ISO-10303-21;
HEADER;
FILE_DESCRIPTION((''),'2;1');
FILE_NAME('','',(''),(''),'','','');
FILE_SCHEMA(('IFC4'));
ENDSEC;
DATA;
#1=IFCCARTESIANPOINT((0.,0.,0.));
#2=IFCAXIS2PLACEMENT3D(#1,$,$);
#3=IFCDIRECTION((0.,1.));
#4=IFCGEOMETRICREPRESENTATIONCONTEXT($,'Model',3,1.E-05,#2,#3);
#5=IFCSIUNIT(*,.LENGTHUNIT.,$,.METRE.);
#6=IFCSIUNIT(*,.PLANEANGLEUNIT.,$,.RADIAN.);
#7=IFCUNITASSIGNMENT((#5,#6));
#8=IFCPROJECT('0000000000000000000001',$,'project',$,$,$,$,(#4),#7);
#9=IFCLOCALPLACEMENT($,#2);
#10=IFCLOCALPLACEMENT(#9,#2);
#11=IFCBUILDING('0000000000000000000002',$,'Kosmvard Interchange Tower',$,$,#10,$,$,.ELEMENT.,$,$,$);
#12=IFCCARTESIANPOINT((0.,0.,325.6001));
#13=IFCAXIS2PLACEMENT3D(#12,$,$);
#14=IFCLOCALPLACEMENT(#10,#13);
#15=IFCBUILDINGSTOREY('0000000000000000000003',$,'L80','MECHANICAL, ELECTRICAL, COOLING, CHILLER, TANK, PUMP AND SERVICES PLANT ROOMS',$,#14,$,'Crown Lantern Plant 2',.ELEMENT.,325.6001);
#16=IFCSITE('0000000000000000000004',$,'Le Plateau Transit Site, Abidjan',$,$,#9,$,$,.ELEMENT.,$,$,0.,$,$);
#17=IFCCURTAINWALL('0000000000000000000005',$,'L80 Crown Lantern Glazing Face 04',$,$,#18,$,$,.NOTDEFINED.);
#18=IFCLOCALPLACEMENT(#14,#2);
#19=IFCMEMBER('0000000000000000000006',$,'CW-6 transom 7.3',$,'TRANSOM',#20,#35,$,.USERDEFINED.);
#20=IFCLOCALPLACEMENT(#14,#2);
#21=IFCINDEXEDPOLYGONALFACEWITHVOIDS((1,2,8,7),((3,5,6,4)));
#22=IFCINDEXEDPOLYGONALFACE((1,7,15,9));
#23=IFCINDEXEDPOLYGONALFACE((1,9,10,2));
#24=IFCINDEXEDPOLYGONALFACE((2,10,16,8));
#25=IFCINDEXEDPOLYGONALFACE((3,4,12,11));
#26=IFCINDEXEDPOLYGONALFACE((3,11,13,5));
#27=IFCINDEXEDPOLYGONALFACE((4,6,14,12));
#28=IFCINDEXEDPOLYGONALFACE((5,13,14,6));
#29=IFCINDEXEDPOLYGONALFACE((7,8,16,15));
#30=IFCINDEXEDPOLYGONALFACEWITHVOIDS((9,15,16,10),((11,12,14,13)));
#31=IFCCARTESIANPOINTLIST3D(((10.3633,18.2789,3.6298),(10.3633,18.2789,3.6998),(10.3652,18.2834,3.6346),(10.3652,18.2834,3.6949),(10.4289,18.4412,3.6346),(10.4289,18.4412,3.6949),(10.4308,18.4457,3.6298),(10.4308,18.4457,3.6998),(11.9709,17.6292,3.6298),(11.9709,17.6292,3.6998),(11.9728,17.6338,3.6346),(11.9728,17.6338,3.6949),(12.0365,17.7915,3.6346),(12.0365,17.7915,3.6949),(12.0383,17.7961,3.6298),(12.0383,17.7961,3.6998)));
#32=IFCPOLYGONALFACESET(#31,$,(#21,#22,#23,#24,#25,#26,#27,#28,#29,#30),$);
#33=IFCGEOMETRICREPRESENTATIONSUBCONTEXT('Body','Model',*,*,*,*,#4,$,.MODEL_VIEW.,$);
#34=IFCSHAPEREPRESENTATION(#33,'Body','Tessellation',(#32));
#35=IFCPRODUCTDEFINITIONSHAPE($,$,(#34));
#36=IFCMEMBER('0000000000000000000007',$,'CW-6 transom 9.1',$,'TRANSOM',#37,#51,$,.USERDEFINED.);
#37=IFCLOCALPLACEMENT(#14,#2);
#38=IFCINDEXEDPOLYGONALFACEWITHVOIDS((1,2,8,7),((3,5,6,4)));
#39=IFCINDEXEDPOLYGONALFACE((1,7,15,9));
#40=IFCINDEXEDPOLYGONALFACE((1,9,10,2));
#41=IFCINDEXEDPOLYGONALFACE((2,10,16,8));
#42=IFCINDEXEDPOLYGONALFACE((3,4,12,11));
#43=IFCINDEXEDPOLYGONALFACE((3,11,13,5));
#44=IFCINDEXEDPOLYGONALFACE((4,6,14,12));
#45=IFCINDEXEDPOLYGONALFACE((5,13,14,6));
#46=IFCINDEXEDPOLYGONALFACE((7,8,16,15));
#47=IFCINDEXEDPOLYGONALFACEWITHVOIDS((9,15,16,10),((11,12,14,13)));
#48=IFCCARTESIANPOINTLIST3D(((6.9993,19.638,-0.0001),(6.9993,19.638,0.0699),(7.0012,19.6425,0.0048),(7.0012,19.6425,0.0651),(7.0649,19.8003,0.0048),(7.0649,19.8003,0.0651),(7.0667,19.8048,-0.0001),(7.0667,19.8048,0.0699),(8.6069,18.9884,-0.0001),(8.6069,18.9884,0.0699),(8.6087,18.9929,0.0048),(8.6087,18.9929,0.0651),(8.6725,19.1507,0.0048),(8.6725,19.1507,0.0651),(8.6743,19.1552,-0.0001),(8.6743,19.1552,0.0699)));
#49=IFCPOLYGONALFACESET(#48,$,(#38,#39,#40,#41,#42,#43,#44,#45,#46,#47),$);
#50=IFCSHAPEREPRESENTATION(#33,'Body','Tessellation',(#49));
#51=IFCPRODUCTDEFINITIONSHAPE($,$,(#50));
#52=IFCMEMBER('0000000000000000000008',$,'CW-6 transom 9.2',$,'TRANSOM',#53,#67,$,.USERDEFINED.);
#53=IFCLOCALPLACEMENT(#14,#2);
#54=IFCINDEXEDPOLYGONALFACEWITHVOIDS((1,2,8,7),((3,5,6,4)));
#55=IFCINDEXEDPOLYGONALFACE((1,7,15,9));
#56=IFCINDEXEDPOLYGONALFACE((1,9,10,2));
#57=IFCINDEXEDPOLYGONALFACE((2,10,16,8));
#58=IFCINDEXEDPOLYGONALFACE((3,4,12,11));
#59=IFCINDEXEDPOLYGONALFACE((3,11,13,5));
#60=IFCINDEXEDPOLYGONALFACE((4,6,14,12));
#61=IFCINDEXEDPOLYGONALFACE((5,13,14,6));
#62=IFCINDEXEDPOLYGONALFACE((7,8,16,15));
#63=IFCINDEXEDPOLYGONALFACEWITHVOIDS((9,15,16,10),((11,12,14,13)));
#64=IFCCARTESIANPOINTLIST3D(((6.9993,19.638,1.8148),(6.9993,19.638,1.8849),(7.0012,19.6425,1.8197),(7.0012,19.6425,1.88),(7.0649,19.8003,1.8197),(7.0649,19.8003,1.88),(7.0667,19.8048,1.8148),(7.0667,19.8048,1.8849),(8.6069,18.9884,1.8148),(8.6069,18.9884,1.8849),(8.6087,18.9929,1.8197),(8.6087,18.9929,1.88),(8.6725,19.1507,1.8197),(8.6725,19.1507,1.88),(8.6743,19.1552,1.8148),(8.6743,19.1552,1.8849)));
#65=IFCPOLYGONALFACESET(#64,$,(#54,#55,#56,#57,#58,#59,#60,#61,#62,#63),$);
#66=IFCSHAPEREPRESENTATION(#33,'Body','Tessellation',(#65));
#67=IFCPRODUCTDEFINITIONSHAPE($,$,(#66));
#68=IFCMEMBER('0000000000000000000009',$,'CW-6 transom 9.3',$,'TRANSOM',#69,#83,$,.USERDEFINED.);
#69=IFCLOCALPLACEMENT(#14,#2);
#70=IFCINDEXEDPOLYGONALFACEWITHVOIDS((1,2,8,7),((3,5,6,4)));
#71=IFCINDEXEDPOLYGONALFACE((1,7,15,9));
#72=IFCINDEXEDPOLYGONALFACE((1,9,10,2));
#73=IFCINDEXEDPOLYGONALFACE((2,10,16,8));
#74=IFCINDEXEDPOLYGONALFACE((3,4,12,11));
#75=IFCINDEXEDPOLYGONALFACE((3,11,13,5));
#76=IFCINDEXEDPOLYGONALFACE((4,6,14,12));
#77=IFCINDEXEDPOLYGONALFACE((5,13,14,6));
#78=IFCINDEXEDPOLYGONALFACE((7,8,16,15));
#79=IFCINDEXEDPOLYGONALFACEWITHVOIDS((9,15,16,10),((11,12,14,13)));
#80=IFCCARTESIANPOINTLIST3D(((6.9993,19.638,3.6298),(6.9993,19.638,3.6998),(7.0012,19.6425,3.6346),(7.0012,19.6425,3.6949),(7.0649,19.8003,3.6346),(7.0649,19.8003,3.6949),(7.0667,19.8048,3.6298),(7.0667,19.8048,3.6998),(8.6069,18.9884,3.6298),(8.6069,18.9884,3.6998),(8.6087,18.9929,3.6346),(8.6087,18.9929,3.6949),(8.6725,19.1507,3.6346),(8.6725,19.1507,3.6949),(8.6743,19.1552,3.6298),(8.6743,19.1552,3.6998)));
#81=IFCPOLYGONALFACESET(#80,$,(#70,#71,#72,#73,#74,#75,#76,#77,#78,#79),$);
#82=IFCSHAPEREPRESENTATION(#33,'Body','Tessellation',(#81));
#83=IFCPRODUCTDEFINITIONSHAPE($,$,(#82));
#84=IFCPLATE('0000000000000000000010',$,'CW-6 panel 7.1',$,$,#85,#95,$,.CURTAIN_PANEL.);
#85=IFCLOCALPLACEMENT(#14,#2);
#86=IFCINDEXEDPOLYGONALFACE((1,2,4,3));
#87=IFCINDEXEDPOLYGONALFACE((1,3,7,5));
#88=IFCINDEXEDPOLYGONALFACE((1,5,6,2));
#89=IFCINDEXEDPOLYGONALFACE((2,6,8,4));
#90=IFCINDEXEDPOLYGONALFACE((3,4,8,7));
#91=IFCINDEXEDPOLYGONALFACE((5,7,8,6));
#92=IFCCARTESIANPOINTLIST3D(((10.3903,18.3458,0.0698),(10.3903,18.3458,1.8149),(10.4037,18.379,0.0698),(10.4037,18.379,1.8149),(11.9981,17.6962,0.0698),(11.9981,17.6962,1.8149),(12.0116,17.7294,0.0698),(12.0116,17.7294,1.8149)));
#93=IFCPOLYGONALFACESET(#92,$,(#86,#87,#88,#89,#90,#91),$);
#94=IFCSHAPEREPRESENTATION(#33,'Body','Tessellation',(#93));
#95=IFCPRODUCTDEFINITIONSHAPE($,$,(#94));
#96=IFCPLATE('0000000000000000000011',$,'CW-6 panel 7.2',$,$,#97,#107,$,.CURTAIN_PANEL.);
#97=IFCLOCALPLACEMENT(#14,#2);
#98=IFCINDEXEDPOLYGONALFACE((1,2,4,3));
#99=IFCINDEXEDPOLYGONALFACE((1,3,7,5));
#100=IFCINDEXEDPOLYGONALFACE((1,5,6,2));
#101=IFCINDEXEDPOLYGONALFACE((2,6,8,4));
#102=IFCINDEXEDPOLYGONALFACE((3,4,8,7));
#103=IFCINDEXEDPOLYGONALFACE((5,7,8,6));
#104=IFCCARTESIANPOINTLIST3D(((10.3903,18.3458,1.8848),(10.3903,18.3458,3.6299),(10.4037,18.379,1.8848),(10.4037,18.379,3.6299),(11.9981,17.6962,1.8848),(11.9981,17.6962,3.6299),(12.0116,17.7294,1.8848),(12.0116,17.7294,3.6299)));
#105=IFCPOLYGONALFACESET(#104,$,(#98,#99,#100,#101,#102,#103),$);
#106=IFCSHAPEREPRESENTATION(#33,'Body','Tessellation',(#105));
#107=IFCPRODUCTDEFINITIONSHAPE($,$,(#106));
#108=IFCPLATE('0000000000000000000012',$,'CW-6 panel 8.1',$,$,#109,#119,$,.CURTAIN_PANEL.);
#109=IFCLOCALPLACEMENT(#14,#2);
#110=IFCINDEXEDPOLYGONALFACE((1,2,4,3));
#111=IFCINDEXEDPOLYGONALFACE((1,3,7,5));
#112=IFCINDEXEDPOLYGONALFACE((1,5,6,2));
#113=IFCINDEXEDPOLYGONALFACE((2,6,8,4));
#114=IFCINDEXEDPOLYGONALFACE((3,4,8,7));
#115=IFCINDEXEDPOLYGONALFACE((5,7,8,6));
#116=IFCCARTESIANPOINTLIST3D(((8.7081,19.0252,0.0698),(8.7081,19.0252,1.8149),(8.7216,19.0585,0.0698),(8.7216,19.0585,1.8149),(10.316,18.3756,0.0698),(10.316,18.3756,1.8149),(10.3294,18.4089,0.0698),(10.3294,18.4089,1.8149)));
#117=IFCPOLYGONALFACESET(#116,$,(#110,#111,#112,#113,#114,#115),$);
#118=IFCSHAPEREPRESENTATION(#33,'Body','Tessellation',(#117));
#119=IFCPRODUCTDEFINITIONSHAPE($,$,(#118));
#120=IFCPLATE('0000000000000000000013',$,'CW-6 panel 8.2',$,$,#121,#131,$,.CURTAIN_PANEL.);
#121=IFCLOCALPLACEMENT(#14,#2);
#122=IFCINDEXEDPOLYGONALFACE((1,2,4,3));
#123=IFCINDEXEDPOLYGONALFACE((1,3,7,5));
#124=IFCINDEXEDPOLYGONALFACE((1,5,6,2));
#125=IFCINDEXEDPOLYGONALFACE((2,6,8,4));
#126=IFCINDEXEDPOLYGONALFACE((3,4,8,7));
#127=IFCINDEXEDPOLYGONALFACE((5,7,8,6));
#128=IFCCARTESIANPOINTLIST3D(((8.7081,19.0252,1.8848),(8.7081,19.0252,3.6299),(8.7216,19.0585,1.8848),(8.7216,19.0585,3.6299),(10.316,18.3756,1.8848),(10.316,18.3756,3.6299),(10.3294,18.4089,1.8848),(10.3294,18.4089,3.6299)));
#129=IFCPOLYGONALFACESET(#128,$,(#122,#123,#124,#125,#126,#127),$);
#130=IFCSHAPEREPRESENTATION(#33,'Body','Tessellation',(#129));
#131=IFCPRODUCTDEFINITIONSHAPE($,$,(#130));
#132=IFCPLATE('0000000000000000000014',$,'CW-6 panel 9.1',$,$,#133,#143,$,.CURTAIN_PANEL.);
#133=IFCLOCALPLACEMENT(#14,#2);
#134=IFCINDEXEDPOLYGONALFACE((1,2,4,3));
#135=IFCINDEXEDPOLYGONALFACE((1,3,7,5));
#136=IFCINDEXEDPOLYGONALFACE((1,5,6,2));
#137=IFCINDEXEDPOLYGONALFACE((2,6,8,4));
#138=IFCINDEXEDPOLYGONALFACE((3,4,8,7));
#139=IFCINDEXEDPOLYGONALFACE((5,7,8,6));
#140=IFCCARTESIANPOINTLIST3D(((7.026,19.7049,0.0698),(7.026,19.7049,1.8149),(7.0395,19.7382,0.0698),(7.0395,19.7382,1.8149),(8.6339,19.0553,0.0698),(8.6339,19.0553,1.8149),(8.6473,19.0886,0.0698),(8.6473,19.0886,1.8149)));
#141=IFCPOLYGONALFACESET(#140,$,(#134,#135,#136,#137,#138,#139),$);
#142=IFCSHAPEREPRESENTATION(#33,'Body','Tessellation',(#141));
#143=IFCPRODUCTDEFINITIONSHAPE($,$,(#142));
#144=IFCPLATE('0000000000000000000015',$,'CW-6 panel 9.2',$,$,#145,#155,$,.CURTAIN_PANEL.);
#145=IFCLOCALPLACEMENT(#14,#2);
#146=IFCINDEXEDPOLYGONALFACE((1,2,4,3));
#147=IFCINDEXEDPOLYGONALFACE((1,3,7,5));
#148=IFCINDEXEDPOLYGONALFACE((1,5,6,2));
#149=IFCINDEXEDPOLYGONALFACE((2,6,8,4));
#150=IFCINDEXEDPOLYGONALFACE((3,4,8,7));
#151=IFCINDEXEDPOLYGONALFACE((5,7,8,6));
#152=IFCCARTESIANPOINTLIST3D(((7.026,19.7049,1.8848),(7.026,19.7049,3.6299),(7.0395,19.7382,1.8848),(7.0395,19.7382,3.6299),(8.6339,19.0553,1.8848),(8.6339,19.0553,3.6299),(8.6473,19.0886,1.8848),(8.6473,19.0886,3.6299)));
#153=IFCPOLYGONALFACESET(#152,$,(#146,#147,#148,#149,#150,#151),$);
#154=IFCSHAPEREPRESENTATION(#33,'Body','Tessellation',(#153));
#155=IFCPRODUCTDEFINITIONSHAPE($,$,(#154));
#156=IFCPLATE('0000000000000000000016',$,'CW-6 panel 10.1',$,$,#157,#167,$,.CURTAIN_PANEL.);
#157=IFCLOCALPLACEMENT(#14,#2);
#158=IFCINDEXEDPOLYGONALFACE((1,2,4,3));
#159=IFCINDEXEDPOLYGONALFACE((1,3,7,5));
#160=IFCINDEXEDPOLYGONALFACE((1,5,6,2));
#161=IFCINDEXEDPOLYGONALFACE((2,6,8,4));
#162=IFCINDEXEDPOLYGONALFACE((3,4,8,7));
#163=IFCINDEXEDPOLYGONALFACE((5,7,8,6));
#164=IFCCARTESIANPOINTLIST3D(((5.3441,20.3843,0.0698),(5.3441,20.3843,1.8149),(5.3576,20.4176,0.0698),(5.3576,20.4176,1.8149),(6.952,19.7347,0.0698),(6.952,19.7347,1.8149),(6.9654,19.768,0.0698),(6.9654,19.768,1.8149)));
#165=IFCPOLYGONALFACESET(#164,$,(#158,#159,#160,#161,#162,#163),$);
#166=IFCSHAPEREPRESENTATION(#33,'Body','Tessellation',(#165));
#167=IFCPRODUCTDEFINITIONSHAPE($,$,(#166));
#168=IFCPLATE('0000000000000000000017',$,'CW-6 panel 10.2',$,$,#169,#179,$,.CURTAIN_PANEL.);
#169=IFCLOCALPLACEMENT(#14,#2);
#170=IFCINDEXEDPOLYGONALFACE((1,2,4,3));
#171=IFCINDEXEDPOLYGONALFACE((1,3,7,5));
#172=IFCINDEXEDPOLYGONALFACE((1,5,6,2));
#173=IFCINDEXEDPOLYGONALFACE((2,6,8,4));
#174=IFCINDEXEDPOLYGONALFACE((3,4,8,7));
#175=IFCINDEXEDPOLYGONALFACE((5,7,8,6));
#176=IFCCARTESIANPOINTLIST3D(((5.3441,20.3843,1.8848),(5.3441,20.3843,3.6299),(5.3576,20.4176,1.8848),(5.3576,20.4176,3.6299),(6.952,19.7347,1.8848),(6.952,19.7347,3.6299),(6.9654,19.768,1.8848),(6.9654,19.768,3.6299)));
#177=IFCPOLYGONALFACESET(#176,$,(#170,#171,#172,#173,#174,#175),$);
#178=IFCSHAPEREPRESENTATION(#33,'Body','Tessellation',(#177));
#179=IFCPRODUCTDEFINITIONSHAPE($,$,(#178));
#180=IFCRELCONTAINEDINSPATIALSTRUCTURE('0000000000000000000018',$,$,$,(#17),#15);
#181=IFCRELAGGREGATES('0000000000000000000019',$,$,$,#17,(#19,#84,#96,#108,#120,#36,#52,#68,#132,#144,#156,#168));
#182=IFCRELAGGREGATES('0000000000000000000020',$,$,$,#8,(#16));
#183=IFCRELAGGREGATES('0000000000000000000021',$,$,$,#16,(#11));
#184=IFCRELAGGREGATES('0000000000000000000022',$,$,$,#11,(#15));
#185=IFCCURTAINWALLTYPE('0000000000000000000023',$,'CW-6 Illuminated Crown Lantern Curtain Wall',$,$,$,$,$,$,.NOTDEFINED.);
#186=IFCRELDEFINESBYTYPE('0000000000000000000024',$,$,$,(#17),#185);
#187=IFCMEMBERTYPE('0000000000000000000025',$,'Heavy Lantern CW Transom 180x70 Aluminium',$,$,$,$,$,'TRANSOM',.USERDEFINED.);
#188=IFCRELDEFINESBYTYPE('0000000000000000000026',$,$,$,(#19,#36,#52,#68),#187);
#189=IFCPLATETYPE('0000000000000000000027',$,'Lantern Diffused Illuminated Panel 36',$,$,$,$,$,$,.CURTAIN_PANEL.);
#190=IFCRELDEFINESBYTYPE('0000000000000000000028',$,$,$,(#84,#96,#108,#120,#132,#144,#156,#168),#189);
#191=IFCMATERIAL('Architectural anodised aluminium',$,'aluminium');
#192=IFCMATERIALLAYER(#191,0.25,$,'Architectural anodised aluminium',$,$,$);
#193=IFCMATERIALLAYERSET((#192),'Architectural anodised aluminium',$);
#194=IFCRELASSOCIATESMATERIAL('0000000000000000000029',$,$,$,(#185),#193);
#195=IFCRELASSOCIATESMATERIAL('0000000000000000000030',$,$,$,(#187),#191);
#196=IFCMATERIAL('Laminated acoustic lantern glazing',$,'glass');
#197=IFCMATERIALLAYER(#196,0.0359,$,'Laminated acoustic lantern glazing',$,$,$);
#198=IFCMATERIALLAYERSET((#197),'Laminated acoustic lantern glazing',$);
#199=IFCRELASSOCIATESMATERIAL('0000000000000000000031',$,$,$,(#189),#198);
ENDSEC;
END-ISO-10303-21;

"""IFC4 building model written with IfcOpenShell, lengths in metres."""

from ifc_helpers import new_model, si_unit, direction, frame, origin, origin_2d, place, context, subcontext, project, spatial, rectangle, hollow_rectangle, extrude, source, transform, mapped, material, layer, layer_set, material_profile, profile_set, type_object, element, aggregate, save


model = new_model("IFC4")

# Units and contexts
model_context = context("Model", 3, precision=1e-05, world=origin(), true_north=direction((0.0, 1.0)))
body_context = subcontext(model_context, "Body", "Model", "MODEL_VIEW")
ifc_project = project(units=[si_unit("LENGTHUNIT", "METRE"), si_unit("PLANEANGLEUNIT", "RADIAN")], contexts=[model_context])

# Site, building, storey
site_placement = place(None, origin())
site = spatial("IfcSite", under=ifc_project, at=site_placement, Name="Le Plateau Transit Site, Abidjan", CompositionType="ELEMENT", RefElevation=0.0)
building_placement = place(site_placement, origin())
building = spatial("IfcBuilding", under=site, at=building_placement, Name="Kosmvard Interchange Tower", CompositionType="ELEMENT")
storey_placement = place(building_placement, frame((0.0, 0.0, 325.6001)))
storey = spatial("IfcBuildingStorey", under=building, at=storey_placement, Name="L80", Description="MECHANICAL, ELECTRICAL, COOLING, CHILLER, TANK, PUMP AND SERVICES PLANT ROOMS", LongName="Crown Lantern Plant 2", CompositionType="ELEMENT", Elevation=325.6001)

# Curtain wall, members, plates
ifc_material_1 = material(Name="Architectural anodised aluminium", Category="aluminium")
ifc_layer_1 = layer(ifc_material_1, 0.25, Name="Architectural anodised aluminium")
ifc_layer_set_1 = layer_set([ifc_layer_1], Name="Architectural anodised aluminium")
curtain_wall_type = type_object("IfcCurtainWallType", Name="CW-6 Illuminated Crown Lantern Curtain Wall", PredefinedType="NOTDEFINED", material=ifc_layer_set_1)
curtain_wall_placement = place(storey_placement, origin())
curtain_wall = element("IfcCurtainWall", 1, at=curtain_wall_placement, inside=storey, type_object=curtain_wall_type, Name="L80 Crown Lantern Glazing Face 04", PredefinedType="NOTDEFINED")
ifc_material_profile_1 = material_profile(ifc_material_1, hollow_rectangle(XDim=0.1799, YDim=0.0701, WallThickness=0.0049, at=origin_2d()), Name="CWT 180x70x5")
ifc_profile_set_1 = profile_set([ifc_material_profile_1], Name="Architectural anodised aluminium")
member_type_1 = type_object("IfcMemberType", Name="Heavy Lantern CW Transom 180x70 Aluminium", ElementType="TRANSOM", PredefinedType="USERDEFINED", material=ifc_profile_set_1)
shared_shape_1 = source(origin(), body_context, "Body", "SweptSolid", [
    extrude(hollow_rectangle(XDim=0.1799, YDim=0.0701, WallThickness=0.0049, at=origin_2d()), origin(), (0.0, 0.0, 1.0), 1.7339),
])
member_1_placement = place(storey_placement, frame((12.0046, 17.7126, 3.6648), z_axis=(-0.92716, 0.374666, 0.0), x_axis=(-0.374666, -0.92716, 0.0)))
member_1 = element("IfcMember", 2, at=member_1_placement, type_object=member_type_1, Name="CW-6 transom 7.3", ObjectType="TRANSOM", PredefinedType="USERDEFINED", context=body_context, shape_type="MappedRepresentation", body=[
    mapped(shared_shape_1, transform((0.0, 0.0, 0.0), scale=1.0)),
])
member_2_placement = place(storey_placement, frame((8.6406, 19.0718, 0.0349), z_axis=(-0.92716, 0.374666, 0.0), x_axis=(-0.374666, -0.92716, 0.0)))
member_2 = element("IfcMember", 3, at=member_2_placement, type_object=member_type_1, Name="CW-6 transom 9.1", ObjectType="TRANSOM", PredefinedType="USERDEFINED", context=body_context, shape_type="MappedRepresentation", body=[
    mapped(shared_shape_1, transform((0.0, 0.0, 0.0), scale=1.0)),
])
member_3_placement = place(storey_placement, frame((8.6406, 19.0718, 1.8499), z_axis=(-0.92716, 0.374666, 0.0), x_axis=(-0.374666, -0.92716, 0.0)))
member_3 = element("IfcMember", 4, at=member_3_placement, type_object=member_type_1, Name="CW-6 transom 9.2", ObjectType="TRANSOM", PredefinedType="USERDEFINED", context=body_context, shape_type="MappedRepresentation", body=[
    mapped(shared_shape_1, transform((0.0, 0.0, 0.0), scale=1.0)),
])
member_4_placement = place(storey_placement, frame((8.6406, 19.0718, 3.6648), z_axis=(-0.92716, 0.374666, 0.0), x_axis=(-0.374666, -0.92716, 0.0)))
member_4 = element("IfcMember", 5, at=member_4_placement, type_object=member_type_1, Name="CW-6 transom 9.3", ObjectType="TRANSOM", PredefinedType="USERDEFINED", context=body_context, shape_type="MappedRepresentation", body=[
    mapped(shared_shape_1, transform((0.0, 0.0, 0.0), scale=1.0)),
])
ifc_material_2 = material(Name="Laminated acoustic lantern glazing", Category="glass")
ifc_layer_2 = layer(ifc_material_2, 0.0359, Name="Laminated acoustic lantern glazing")
ifc_layer_set_2 = layer_set([ifc_layer_2], Name="Laminated acoustic lantern glazing")
plate_type = type_object("IfcPlateType", Name="Lantern Diffused Illuminated Panel 36", PredefinedType="CURTAIN_PANEL", material=ifc_layer_set_2)
shared_shape_2 = source(origin(), body_context, "Body", "SweptSolid", [
    extrude(rectangle(XDim=1.7341, YDim=0.0359, at=origin_2d()), origin(), (0.0, 0.0, 1.0), 1.7451),
])
plate_1_placement = place(storey_placement, frame((11.2009, 18.0376, 0.0698), z_axis=(0.0, 0.0, 1.0), x_axis=(-0.927184, 0.374607, 0.0)))
plate_1 = element("IfcPlate", 6, at=plate_1_placement, type_object=plate_type, Name="CW-6 panel 7.1", PredefinedType="CURTAIN_PANEL", context=body_context, shape_type="MappedRepresentation", body=[
    mapped(shared_shape_2, transform((0.0, 0.0, 0.0), scale=1.0)),
])
plate_2_placement = place(storey_placement, frame((11.2009, 18.0376, 1.8848), z_axis=(0.0, 0.0, 1.0), x_axis=(-0.927184, 0.374607, 0.0)))
plate_2 = element("IfcPlate", 7, at=plate_2_placement, type_object=plate_type, Name="CW-6 panel 7.2", PredefinedType="CURTAIN_PANEL", context=body_context, shape_type="MappedRepresentation", body=[
    mapped(shared_shape_2, transform((0.0, 0.0, 0.0), scale=1.0)),
])
plate_3_placement = place(storey_placement, frame((9.5188, 18.717, 0.0698), z_axis=(0.0, 0.0, 1.0), x_axis=(-0.927184, 0.374607, 0.0)))
plate_3 = element("IfcPlate", 8, at=plate_3_placement, type_object=plate_type, Name="CW-6 panel 8.1", PredefinedType="CURTAIN_PANEL", context=body_context, shape_type="MappedRepresentation", body=[
    mapped(shared_shape_2, transform((0.0, 0.0, 0.0), scale=1.0)),
])
plate_4_placement = place(storey_placement, frame((9.5188, 18.717, 1.8848), z_axis=(0.0, 0.0, 1.0), x_axis=(-0.927184, 0.374607, 0.0)))
plate_4 = element("IfcPlate", 9, at=plate_4_placement, type_object=plate_type, Name="CW-6 panel 8.2", PredefinedType="CURTAIN_PANEL", context=body_context, shape_type="MappedRepresentation", body=[
    mapped(shared_shape_2, transform((0.0, 0.0, 0.0), scale=1.0)),
])
plate_5_placement = place(storey_placement, frame((7.8367, 19.3967, 0.0698), z_axis=(0.0, 0.0, 1.0), x_axis=(-0.927184, 0.374607, 0.0)))
plate_5 = element("IfcPlate", 10, at=plate_5_placement, type_object=plate_type, Name="CW-6 panel 9.1", PredefinedType="CURTAIN_PANEL", context=body_context, shape_type="MappedRepresentation", body=[
    mapped(shared_shape_2, transform((0.0, 0.0, 0.0), scale=1.0)),
])
plate_6_placement = place(storey_placement, frame((7.8367, 19.3967, 1.8848), z_axis=(0.0, 0.0, 1.0), x_axis=(-0.927184, 0.374607, 0.0)))
plate_6 = element("IfcPlate", 11, at=plate_6_placement, type_object=plate_type, Name="CW-6 panel 9.2", PredefinedType="CURTAIN_PANEL", context=body_context, shape_type="MappedRepresentation", body=[
    mapped(shared_shape_2, transform((0.0, 0.0, 0.0), scale=1.0)),
])
plate_7_placement = place(storey_placement, frame((6.1548, 20.0762, 0.0698), z_axis=(0.0, 0.0, 1.0), x_axis=(-0.927184, 0.374607, 0.0)))
plate_7 = element("IfcPlate", 12, at=plate_7_placement, type_object=plate_type, Name="CW-6 panel 10.1", PredefinedType="CURTAIN_PANEL", context=body_context, shape_type="MappedRepresentation", body=[
    mapped(shared_shape_2, transform((0.0, 0.0, 0.0), scale=1.0)),
])
plate_8_placement = place(storey_placement, frame((6.1548, 20.0762, 1.8848), z_axis=(0.0, 0.0, 1.0), x_axis=(-0.927184, 0.374607, 0.0)))
plate_8 = element("IfcPlate", 13, at=plate_8_placement, type_object=plate_type, Name="CW-6 panel 10.2", PredefinedType="CURTAIN_PANEL", context=body_context, shape_type="MappedRepresentation", body=[
    mapped(shared_shape_2, transform((0.0, 0.0, 0.0), scale=1.0)),
])
aggregate(curtain_wall, [member_1, plate_1, plate_2, plate_3, plate_4, member_2, member_3, member_4, plate_5, plate_6, plate_7, plate_8])

save(model, "model.ifc")
